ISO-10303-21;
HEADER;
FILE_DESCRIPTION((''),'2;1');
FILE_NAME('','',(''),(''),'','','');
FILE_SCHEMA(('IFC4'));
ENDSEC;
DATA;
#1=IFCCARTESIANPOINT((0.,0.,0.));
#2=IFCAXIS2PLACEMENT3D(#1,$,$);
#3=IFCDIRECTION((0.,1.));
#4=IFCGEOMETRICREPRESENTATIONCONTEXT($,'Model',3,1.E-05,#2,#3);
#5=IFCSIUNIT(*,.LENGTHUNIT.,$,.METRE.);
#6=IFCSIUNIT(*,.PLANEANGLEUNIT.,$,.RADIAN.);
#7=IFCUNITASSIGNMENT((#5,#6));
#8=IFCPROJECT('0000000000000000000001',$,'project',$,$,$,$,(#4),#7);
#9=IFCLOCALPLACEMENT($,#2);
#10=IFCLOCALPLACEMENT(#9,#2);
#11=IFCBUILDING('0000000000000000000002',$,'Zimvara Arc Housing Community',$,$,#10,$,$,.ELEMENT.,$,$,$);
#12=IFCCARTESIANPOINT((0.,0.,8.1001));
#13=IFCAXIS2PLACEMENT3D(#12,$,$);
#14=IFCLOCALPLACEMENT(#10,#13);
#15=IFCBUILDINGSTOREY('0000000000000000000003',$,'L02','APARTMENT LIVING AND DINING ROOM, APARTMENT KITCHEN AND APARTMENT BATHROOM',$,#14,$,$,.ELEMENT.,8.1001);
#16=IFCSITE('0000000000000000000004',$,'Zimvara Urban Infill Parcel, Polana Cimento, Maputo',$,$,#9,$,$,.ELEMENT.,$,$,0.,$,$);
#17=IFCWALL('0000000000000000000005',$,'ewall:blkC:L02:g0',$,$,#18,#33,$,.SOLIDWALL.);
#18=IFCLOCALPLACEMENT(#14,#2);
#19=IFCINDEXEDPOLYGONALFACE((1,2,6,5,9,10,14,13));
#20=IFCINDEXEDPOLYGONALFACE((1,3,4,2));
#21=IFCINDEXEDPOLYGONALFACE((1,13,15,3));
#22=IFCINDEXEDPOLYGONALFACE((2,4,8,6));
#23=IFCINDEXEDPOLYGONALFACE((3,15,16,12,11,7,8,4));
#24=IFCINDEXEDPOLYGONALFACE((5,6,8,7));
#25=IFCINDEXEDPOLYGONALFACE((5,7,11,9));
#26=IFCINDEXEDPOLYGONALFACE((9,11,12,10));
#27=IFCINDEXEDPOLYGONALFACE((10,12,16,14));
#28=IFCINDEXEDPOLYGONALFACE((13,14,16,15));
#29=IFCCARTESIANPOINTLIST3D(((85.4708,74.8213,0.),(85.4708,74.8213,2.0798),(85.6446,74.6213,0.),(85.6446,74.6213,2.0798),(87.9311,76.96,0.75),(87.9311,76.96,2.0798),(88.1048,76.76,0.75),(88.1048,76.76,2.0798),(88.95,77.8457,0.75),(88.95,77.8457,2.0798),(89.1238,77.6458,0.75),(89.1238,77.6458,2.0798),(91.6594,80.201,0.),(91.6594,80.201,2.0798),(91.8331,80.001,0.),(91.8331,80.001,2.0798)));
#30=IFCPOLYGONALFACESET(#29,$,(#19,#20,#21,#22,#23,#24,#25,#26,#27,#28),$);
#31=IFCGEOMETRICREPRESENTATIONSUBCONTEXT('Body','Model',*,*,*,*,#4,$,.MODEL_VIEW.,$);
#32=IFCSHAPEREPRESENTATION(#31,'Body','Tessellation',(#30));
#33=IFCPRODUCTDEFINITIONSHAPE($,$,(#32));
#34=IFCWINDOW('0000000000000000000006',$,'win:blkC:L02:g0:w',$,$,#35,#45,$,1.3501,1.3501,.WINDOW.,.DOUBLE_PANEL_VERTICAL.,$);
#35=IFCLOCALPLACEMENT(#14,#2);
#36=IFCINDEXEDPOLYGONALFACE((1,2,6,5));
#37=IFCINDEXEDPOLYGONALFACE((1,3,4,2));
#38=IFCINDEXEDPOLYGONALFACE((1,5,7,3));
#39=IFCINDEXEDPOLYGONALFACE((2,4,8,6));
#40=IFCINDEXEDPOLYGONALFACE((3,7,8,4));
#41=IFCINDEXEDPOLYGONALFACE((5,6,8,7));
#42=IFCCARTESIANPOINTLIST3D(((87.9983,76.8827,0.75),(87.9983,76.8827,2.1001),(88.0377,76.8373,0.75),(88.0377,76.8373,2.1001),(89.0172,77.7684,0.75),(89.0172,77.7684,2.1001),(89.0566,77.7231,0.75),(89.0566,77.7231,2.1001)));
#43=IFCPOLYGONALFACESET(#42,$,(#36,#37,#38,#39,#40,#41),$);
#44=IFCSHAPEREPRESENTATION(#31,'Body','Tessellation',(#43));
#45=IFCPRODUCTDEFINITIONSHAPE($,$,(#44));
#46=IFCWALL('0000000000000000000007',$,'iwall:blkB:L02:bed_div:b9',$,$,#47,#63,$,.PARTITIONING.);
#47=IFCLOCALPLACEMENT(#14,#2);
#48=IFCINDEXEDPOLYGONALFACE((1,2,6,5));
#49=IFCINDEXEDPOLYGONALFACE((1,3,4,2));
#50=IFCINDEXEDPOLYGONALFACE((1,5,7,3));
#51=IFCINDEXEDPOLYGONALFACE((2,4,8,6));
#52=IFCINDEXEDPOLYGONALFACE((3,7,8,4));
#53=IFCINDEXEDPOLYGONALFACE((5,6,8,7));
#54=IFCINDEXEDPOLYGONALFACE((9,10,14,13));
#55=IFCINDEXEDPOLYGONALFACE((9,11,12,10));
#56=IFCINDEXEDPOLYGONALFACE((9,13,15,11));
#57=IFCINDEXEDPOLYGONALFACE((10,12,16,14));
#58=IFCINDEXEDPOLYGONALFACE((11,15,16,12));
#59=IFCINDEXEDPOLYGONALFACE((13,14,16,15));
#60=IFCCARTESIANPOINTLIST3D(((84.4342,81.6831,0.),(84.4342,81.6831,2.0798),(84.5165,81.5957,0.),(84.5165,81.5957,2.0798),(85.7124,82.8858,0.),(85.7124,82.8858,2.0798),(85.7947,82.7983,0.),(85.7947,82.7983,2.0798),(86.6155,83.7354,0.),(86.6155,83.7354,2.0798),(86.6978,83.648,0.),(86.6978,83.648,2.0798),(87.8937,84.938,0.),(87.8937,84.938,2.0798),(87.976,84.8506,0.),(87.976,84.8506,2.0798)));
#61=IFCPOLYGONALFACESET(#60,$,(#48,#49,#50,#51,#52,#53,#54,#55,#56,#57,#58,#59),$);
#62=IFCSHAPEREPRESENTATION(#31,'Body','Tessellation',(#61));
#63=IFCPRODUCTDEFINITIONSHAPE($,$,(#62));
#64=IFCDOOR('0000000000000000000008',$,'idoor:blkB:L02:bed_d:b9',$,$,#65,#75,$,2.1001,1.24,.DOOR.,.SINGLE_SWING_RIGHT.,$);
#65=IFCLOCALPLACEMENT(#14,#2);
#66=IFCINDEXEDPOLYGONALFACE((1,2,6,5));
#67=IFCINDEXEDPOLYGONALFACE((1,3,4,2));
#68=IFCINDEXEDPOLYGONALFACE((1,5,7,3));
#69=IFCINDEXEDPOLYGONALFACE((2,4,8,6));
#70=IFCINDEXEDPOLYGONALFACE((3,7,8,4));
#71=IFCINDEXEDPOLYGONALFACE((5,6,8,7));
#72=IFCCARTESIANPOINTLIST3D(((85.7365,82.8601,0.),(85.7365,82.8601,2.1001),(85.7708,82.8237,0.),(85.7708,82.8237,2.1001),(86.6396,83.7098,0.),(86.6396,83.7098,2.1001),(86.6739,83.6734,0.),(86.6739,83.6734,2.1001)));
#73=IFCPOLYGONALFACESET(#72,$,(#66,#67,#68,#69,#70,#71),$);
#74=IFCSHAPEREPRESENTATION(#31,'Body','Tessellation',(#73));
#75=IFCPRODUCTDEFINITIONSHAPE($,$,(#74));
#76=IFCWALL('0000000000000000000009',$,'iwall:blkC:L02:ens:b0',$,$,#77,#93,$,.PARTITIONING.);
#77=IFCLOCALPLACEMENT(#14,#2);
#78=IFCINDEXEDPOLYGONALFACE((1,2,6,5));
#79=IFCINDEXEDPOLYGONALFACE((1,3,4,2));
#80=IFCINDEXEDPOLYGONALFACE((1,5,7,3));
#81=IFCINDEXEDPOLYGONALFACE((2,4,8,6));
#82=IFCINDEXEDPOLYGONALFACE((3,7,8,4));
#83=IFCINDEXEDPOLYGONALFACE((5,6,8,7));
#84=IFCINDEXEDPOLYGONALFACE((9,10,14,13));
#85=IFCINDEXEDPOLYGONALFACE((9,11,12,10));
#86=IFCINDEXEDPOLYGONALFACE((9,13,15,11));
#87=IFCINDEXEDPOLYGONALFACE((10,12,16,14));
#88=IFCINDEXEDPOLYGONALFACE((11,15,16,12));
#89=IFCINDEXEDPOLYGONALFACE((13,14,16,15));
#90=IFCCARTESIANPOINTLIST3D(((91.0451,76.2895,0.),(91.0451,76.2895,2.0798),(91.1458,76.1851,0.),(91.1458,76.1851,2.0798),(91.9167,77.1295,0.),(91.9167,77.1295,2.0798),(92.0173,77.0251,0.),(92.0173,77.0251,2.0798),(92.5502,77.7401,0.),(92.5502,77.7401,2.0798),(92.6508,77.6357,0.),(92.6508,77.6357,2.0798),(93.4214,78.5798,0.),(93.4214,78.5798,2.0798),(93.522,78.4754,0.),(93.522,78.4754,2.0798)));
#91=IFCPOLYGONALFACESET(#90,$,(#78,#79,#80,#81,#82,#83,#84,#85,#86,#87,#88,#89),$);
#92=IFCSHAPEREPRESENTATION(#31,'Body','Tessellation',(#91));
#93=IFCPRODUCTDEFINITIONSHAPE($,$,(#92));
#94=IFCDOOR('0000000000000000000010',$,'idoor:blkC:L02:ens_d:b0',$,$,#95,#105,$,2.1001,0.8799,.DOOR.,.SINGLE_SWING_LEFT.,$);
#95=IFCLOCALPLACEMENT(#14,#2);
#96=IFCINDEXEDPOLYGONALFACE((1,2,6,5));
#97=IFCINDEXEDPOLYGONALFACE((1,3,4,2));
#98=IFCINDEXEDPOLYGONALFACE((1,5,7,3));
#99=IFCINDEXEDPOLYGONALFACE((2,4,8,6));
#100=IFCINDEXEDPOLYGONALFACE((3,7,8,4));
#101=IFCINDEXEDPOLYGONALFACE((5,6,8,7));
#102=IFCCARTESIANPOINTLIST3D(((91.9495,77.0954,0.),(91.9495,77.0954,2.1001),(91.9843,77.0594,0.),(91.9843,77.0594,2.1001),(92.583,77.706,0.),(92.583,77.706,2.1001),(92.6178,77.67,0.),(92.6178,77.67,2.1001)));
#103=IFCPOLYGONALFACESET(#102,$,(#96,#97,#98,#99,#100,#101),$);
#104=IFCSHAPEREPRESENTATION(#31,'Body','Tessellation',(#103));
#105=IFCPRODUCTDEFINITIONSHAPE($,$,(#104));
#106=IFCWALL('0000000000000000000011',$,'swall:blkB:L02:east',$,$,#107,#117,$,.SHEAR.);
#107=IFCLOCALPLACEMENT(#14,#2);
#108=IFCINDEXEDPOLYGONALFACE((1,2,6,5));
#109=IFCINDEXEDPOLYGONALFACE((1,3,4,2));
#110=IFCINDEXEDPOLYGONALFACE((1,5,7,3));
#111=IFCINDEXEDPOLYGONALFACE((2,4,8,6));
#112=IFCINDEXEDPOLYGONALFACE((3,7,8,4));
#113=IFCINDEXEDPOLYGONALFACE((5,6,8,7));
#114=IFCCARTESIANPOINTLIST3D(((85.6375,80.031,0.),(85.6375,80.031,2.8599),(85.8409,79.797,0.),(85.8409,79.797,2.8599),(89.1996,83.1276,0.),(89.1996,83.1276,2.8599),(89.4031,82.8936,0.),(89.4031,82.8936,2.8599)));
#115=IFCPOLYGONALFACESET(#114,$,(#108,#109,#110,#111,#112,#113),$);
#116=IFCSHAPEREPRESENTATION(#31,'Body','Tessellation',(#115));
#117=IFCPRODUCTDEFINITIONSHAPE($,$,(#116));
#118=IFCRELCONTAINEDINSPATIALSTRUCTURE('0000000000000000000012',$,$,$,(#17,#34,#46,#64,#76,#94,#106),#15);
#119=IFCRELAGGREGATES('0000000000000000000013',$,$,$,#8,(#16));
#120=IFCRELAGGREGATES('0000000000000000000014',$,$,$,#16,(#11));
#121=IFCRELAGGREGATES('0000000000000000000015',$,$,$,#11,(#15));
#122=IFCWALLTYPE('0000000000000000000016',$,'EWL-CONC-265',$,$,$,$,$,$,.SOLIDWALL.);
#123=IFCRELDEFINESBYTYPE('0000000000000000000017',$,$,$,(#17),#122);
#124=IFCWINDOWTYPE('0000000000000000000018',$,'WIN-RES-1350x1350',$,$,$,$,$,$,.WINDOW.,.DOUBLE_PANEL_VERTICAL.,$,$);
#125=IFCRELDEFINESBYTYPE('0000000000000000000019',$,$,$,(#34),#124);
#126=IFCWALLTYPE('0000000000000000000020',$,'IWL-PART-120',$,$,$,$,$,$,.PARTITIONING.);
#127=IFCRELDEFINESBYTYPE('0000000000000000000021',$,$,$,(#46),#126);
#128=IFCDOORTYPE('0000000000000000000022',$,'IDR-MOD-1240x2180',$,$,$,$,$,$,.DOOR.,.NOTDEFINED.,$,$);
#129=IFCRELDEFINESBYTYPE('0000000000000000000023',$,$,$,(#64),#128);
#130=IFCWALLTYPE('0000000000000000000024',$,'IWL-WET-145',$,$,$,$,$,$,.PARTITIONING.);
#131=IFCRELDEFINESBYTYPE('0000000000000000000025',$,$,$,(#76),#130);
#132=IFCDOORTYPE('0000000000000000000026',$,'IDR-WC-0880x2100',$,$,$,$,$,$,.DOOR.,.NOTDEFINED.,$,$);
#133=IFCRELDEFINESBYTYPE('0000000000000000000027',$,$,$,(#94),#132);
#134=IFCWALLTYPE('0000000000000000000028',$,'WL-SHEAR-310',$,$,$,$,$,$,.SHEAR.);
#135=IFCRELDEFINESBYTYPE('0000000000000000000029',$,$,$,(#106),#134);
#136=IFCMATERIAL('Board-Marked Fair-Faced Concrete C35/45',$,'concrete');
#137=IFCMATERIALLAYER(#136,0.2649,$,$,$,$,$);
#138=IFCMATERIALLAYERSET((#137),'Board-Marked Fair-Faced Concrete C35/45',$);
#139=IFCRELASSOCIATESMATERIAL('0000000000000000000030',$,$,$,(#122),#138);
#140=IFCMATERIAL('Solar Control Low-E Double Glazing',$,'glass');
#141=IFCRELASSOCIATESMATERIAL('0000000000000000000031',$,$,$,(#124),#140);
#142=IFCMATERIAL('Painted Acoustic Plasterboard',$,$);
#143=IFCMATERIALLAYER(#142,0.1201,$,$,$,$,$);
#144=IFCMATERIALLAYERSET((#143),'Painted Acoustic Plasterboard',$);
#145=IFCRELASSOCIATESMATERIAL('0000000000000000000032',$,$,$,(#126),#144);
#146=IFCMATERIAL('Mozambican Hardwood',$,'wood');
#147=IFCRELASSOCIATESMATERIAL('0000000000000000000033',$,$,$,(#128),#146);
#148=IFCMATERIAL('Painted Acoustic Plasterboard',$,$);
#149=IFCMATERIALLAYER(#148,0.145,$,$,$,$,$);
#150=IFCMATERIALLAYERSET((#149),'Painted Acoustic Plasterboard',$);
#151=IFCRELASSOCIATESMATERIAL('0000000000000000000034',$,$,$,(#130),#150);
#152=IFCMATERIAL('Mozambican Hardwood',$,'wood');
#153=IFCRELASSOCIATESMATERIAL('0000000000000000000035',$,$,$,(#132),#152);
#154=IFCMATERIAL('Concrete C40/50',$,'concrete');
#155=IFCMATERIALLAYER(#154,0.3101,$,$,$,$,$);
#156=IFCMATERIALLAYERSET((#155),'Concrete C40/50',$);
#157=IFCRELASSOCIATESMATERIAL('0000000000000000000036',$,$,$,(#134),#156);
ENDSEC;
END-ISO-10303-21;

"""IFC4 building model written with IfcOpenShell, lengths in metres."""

from ifc_helpers import new_model, si_unit, direction, frame, frame_2d, origin, place, context, subcontext, project, spatial, rectangle, extrude, material, layer, layer_set, type_object, element, fill, save


model = new_model("IFC4")

# Units and contexts
model_context = context("Model", 3, precision=1e-05, world=origin(), true_north=direction((0.0, 1.0)))
body_context = subcontext(model_context, "Body", "Model", "MODEL_VIEW")
ifc_project = project(units=[si_unit("LENGTHUNIT", "METRE"), si_unit("PLANEANGLEUNIT", "RADIAN")], contexts=[model_context])

# Site, building, storey
site_placement = place(None, origin())
site = spatial("IfcSite", under=ifc_project, at=site_placement, Name="Zimvara Urban Infill Parcel, Polana Cimento, Maputo", CompositionType="ELEMENT", RefElevation=0.0)
building_placement = place(site_placement, origin())
building = spatial("IfcBuilding", under=site, at=building_placement, Name="Zimvara Arc Housing Community", CompositionType="ELEMENT")
storey_placement = place(building_placement, frame((0.0, 0.0, 8.1001)))
storey = spatial("IfcBuildingStorey", under=building, at=storey_placement, Name="L02", Description="APARTMENT LIVING AND DINING ROOM, APARTMENT KITCHEN AND APARTMENT BATHROOM", CompositionType="ELEMENT", Elevation=8.1001)

# Wall, opening, window
ifc_material_1 = material(Name="Board-Marked Fair-Faced Concrete C35/45", Category="concrete")
ifc_layer_1 = layer(ifc_material_1, 0.2649)
ifc_layer_set_1 = layer_set([ifc_layer_1], Name="Board-Marked Fair-Faced Concrete C35/45")
wall_type_1 = type_object("IfcWallType", Name="EWL-CONC-265", PredefinedType="SOLIDWALL", material=ifc_layer_set_1)
wall_1_placement = place(storey_placement, frame((91.7463, 80.1011, 0.0), z_axis=(0.0, 0.0, 1.0), x_axis=(-0.754705, -0.656064, 0.0)))
wall_1 = element("IfcWall", 1, at=wall_1_placement, inside=storey, type_object=wall_type_1, Name="ewall:blkC:L02:g0", PredefinedType="SOLIDWALL", context=body_context, shape_type="SweptSolid", body=[
    extrude(rectangle(XDim=8.2, YDim=0.2649, at=frame_2d((4.1001, 0.0))), origin(), (0.0, 0.0, 1.0), 2.0798),
])
opening_1_placement = place(wall_1_placement, frame((3.5901, 0.0, 0.75)))
opening_1 = element("IfcOpeningElement", 2, at=opening_1_placement, cuts=wall_1, PredefinedType="OPENING", context=body_context, shape_type="SweptSolid", body=[
    extrude(rectangle(XDim=1.3501, YDim=1.3501, at=frame_2d((0.675, 0.675))), frame((0.0, 0.1423, 0.0), z_axis=(0.0, -1.0, 0.0), x_axis=(1.0, 0.0, 0.0)), (0.0, 0.0, 1.0), 0.2849),
])
ifc_material_2 = material(Name="Solar Control Low-E Double Glazing", Category="glass")
window_type = type_object("IfcWindowType", Name="WIN-RES-1350x1350", PartitioningType="DOUBLE_PANEL_VERTICAL", PredefinedType="WINDOW", material=ifc_material_2)
window_placement = place(opening_1_placement, origin())
window = element("IfcWindow", 3, at=window_placement, inside=storey, type_object=window_type, Name="win:blkC:L02:g0:w", OverallHeight=1.3501, OverallWidth=1.3501, PartitioningType="DOUBLE_PANEL_VERTICAL", PredefinedType="WINDOW", context=body_context, shape_type="SweptSolid", body=[
    extrude(rectangle(XDim=1.3501, YDim=1.3501, at=frame_2d((0.675, 0.675))), frame((0.0, 0.03, 0.0), z_axis=(0.0, -1.0, 0.0), x_axis=(1.0, 0.0, 0.0)), (0.0, 0.0, 1.0), 0.0601),
])
fill(opening_1, window)

# Walls, openings, doors
ifc_material_3 = material(Name="Painted Acoustic Plasterboard")
ifc_layer_2 = layer(ifc_material_3, 0.1201)
ifc_layer_set_2 = layer_set([ifc_layer_2], Name="Painted Acoustic Plasterboard")
wall_type_2 = type_object("IfcWallType", Name="IWL-PART-120", PredefinedType="PARTITIONING", material=ifc_layer_set_2)
wall_2_placement = place(storey_placement, frame((84.4753, 81.6394, 0.0), z_axis=(0.0, 0.0, 1.0), x_axis=(0.728315, 0.685243, 0.0)))
wall_2 = element("IfcWall", 4, at=wall_2_placement, inside=storey, type_object=wall_type_2, Name="iwall:blkB:L02:bed_div:b9", PredefinedType="PARTITIONING", context=body_context, shape_type="SweptSolid", body=[
    extrude(rectangle(XDim=4.75, YDim=0.1201, at=frame_2d((2.375, 0.0))), origin(), (0.0, 0.0, 1.0), 2.0798),
])
opening_2_placement = place(wall_2_placement, frame((1.7549, 0.0, 0.0)))
opening_2 = element("IfcOpeningElement", 5, at=opening_2_placement, cuts=wall_2, PredefinedType="OPENING", context=body_context, shape_type="SweptSolid", body=[
    extrude(rectangle(XDim=1.24, YDim=2.1001, at=frame_2d((0.6201, 1.05))), frame((0.0, 0.0701, 0.0), z_axis=(0.0, -1.0, 0.0), x_axis=(1.0, 0.0, 0.0)), (0.0, 0.0, 1.0), 0.1401),
])
ifc_material_4 = material(Name="Mozambican Hardwood", Category="wood")
door_type_1 = type_object("IfcDoorType", Name="IDR-MOD-1240x2180", OperationType="NOTDEFINED", PredefinedType="DOOR", material=ifc_material_4)
door_1_placement = place(opening_2_placement, origin())
door_1 = element("IfcDoor", 6, at=door_1_placement, inside=storey, type_object=door_type_1, Name="idoor:blkB:L02:bed_d:b9", OperationType="SINGLE_SWING_RIGHT", OverallHeight=2.1001, OverallWidth=1.24, PredefinedType="DOOR", context=body_context, shape_type="SweptSolid", body=[
    extrude(rectangle(XDim=1.24, YDim=2.1001, at=frame_2d((0.6201, 1.05))), frame((0.0, 0.0249, 0.0), z_axis=(0.0, -1.0, 0.0), x_axis=(1.0, 0.0, 0.0)), (0.0, 0.0, 1.0), 0.05),
])
fill(opening_2, door_1)
ifc_material_5 = material(Name="Painted Acoustic Plasterboard")
ifc_layer_3 = layer(ifc_material_5, 0.145)
ifc_layer_set_3 = layer_set([ifc_layer_3], Name="Painted Acoustic Plasterboard")
wall_type_3 = type_object("IfcWallType", Name="IWL-WET-145", PredefinedType="PARTITIONING", material=ifc_layer_set_3)
wall_3_placement = place(storey_placement, frame((93.4717, 78.5276, 0.0), z_axis=(0.0, 0.0, 1.0), x_axis=(-0.720007, -0.693967, 0.0)))
wall_3 = element("IfcWall", 7, at=wall_3_placement, inside=storey, type_object=wall_type_3, Name="iwall:blkC:L02:ens:b0", PredefinedType="PARTITIONING", context=body_context, shape_type="SweptSolid", body=[
    extrude(rectangle(XDim=3.3003, YDim=0.145, at=frame_2d((1.6501, 0.0))), origin(), (0.0, 0.0, 1.0), 2.0798),
])
opening_3_placement = place(wall_3_placement, frame((1.21, 0.0, 0.0)))
opening_3 = element("IfcOpeningElement", 8, at=opening_3_placement, cuts=wall_3, PredefinedType="OPENING", context=body_context, shape_type="SweptSolid", body=[
    extrude(rectangle(XDim=0.8799, YDim=2.1001, at=frame_2d((0.4399, 1.05))), frame((0.0, 0.0825, 0.0), z_axis=(0.0, -1.0, 0.0), x_axis=(1.0, 0.0, 0.0)), (0.0, 0.0, 1.0), 0.165),
])
ifc_material_6 = material(Name="Mozambican Hardwood", Category="wood")
door_type_2 = type_object("IfcDoorType", Name="IDR-WC-0880x2100", OperationType="NOTDEFINED", PredefinedType="DOOR", material=ifc_material_6)
door_2_placement = place(opening_3_placement, origin())
door_2 = element("IfcDoor", 9, at=door_2_placement, inside=storey, type_object=door_type_2, Name="idoor:blkC:L02:ens_d:b0", OperationType="SINGLE_SWING_LEFT", OverallHeight=2.1001, OverallWidth=0.8799, PredefinedType="DOOR", context=body_context, shape_type="SweptSolid", body=[
    extrude(rectangle(XDim=0.8799, YDim=2.1001, at=frame_2d((0.4399, 1.05))), frame((0.0, 0.0249, 0.0), z_axis=(0.0, -1.0, 0.0), x_axis=(1.0, 0.0, 0.0)), (0.0, 0.0, 1.0), 0.05),
])
fill(opening_3, door_2)

# Wall
ifc_material_7 = material(Name="Concrete C40/50", Category="concrete")
ifc_layer_4 = layer(ifc_material_7, 0.3101)
ifc_layer_set_4 = layer_set([ifc_layer_4], Name="Concrete C40/50")
wall_type_4 = type_object("IfcWallType", Name="WL-SHEAR-310", PredefinedType="SHEAR", material=ifc_layer_set_4)
wall_4_placement = place(storey_placement, frame((85.7393, 79.9141, 0.0), z_axis=(0.0, 0.0, 1.0), x_axis=(0.754704, 0.656066, 0.0)))
element("IfcWall", 10, at=wall_4_placement, inside=storey, type_object=wall_type_4, Name="swall:blkB:L02:east", PredefinedType="SHEAR", context=body_context, shape_type="SweptSolid", body=[
    extrude(rectangle(XDim=4.72, YDim=0.3101, at=frame_2d((2.3599, 0.0))), origin(), (0.0, 0.0, 1.0), 2.8599),
])

save(model, "model.ifc")
